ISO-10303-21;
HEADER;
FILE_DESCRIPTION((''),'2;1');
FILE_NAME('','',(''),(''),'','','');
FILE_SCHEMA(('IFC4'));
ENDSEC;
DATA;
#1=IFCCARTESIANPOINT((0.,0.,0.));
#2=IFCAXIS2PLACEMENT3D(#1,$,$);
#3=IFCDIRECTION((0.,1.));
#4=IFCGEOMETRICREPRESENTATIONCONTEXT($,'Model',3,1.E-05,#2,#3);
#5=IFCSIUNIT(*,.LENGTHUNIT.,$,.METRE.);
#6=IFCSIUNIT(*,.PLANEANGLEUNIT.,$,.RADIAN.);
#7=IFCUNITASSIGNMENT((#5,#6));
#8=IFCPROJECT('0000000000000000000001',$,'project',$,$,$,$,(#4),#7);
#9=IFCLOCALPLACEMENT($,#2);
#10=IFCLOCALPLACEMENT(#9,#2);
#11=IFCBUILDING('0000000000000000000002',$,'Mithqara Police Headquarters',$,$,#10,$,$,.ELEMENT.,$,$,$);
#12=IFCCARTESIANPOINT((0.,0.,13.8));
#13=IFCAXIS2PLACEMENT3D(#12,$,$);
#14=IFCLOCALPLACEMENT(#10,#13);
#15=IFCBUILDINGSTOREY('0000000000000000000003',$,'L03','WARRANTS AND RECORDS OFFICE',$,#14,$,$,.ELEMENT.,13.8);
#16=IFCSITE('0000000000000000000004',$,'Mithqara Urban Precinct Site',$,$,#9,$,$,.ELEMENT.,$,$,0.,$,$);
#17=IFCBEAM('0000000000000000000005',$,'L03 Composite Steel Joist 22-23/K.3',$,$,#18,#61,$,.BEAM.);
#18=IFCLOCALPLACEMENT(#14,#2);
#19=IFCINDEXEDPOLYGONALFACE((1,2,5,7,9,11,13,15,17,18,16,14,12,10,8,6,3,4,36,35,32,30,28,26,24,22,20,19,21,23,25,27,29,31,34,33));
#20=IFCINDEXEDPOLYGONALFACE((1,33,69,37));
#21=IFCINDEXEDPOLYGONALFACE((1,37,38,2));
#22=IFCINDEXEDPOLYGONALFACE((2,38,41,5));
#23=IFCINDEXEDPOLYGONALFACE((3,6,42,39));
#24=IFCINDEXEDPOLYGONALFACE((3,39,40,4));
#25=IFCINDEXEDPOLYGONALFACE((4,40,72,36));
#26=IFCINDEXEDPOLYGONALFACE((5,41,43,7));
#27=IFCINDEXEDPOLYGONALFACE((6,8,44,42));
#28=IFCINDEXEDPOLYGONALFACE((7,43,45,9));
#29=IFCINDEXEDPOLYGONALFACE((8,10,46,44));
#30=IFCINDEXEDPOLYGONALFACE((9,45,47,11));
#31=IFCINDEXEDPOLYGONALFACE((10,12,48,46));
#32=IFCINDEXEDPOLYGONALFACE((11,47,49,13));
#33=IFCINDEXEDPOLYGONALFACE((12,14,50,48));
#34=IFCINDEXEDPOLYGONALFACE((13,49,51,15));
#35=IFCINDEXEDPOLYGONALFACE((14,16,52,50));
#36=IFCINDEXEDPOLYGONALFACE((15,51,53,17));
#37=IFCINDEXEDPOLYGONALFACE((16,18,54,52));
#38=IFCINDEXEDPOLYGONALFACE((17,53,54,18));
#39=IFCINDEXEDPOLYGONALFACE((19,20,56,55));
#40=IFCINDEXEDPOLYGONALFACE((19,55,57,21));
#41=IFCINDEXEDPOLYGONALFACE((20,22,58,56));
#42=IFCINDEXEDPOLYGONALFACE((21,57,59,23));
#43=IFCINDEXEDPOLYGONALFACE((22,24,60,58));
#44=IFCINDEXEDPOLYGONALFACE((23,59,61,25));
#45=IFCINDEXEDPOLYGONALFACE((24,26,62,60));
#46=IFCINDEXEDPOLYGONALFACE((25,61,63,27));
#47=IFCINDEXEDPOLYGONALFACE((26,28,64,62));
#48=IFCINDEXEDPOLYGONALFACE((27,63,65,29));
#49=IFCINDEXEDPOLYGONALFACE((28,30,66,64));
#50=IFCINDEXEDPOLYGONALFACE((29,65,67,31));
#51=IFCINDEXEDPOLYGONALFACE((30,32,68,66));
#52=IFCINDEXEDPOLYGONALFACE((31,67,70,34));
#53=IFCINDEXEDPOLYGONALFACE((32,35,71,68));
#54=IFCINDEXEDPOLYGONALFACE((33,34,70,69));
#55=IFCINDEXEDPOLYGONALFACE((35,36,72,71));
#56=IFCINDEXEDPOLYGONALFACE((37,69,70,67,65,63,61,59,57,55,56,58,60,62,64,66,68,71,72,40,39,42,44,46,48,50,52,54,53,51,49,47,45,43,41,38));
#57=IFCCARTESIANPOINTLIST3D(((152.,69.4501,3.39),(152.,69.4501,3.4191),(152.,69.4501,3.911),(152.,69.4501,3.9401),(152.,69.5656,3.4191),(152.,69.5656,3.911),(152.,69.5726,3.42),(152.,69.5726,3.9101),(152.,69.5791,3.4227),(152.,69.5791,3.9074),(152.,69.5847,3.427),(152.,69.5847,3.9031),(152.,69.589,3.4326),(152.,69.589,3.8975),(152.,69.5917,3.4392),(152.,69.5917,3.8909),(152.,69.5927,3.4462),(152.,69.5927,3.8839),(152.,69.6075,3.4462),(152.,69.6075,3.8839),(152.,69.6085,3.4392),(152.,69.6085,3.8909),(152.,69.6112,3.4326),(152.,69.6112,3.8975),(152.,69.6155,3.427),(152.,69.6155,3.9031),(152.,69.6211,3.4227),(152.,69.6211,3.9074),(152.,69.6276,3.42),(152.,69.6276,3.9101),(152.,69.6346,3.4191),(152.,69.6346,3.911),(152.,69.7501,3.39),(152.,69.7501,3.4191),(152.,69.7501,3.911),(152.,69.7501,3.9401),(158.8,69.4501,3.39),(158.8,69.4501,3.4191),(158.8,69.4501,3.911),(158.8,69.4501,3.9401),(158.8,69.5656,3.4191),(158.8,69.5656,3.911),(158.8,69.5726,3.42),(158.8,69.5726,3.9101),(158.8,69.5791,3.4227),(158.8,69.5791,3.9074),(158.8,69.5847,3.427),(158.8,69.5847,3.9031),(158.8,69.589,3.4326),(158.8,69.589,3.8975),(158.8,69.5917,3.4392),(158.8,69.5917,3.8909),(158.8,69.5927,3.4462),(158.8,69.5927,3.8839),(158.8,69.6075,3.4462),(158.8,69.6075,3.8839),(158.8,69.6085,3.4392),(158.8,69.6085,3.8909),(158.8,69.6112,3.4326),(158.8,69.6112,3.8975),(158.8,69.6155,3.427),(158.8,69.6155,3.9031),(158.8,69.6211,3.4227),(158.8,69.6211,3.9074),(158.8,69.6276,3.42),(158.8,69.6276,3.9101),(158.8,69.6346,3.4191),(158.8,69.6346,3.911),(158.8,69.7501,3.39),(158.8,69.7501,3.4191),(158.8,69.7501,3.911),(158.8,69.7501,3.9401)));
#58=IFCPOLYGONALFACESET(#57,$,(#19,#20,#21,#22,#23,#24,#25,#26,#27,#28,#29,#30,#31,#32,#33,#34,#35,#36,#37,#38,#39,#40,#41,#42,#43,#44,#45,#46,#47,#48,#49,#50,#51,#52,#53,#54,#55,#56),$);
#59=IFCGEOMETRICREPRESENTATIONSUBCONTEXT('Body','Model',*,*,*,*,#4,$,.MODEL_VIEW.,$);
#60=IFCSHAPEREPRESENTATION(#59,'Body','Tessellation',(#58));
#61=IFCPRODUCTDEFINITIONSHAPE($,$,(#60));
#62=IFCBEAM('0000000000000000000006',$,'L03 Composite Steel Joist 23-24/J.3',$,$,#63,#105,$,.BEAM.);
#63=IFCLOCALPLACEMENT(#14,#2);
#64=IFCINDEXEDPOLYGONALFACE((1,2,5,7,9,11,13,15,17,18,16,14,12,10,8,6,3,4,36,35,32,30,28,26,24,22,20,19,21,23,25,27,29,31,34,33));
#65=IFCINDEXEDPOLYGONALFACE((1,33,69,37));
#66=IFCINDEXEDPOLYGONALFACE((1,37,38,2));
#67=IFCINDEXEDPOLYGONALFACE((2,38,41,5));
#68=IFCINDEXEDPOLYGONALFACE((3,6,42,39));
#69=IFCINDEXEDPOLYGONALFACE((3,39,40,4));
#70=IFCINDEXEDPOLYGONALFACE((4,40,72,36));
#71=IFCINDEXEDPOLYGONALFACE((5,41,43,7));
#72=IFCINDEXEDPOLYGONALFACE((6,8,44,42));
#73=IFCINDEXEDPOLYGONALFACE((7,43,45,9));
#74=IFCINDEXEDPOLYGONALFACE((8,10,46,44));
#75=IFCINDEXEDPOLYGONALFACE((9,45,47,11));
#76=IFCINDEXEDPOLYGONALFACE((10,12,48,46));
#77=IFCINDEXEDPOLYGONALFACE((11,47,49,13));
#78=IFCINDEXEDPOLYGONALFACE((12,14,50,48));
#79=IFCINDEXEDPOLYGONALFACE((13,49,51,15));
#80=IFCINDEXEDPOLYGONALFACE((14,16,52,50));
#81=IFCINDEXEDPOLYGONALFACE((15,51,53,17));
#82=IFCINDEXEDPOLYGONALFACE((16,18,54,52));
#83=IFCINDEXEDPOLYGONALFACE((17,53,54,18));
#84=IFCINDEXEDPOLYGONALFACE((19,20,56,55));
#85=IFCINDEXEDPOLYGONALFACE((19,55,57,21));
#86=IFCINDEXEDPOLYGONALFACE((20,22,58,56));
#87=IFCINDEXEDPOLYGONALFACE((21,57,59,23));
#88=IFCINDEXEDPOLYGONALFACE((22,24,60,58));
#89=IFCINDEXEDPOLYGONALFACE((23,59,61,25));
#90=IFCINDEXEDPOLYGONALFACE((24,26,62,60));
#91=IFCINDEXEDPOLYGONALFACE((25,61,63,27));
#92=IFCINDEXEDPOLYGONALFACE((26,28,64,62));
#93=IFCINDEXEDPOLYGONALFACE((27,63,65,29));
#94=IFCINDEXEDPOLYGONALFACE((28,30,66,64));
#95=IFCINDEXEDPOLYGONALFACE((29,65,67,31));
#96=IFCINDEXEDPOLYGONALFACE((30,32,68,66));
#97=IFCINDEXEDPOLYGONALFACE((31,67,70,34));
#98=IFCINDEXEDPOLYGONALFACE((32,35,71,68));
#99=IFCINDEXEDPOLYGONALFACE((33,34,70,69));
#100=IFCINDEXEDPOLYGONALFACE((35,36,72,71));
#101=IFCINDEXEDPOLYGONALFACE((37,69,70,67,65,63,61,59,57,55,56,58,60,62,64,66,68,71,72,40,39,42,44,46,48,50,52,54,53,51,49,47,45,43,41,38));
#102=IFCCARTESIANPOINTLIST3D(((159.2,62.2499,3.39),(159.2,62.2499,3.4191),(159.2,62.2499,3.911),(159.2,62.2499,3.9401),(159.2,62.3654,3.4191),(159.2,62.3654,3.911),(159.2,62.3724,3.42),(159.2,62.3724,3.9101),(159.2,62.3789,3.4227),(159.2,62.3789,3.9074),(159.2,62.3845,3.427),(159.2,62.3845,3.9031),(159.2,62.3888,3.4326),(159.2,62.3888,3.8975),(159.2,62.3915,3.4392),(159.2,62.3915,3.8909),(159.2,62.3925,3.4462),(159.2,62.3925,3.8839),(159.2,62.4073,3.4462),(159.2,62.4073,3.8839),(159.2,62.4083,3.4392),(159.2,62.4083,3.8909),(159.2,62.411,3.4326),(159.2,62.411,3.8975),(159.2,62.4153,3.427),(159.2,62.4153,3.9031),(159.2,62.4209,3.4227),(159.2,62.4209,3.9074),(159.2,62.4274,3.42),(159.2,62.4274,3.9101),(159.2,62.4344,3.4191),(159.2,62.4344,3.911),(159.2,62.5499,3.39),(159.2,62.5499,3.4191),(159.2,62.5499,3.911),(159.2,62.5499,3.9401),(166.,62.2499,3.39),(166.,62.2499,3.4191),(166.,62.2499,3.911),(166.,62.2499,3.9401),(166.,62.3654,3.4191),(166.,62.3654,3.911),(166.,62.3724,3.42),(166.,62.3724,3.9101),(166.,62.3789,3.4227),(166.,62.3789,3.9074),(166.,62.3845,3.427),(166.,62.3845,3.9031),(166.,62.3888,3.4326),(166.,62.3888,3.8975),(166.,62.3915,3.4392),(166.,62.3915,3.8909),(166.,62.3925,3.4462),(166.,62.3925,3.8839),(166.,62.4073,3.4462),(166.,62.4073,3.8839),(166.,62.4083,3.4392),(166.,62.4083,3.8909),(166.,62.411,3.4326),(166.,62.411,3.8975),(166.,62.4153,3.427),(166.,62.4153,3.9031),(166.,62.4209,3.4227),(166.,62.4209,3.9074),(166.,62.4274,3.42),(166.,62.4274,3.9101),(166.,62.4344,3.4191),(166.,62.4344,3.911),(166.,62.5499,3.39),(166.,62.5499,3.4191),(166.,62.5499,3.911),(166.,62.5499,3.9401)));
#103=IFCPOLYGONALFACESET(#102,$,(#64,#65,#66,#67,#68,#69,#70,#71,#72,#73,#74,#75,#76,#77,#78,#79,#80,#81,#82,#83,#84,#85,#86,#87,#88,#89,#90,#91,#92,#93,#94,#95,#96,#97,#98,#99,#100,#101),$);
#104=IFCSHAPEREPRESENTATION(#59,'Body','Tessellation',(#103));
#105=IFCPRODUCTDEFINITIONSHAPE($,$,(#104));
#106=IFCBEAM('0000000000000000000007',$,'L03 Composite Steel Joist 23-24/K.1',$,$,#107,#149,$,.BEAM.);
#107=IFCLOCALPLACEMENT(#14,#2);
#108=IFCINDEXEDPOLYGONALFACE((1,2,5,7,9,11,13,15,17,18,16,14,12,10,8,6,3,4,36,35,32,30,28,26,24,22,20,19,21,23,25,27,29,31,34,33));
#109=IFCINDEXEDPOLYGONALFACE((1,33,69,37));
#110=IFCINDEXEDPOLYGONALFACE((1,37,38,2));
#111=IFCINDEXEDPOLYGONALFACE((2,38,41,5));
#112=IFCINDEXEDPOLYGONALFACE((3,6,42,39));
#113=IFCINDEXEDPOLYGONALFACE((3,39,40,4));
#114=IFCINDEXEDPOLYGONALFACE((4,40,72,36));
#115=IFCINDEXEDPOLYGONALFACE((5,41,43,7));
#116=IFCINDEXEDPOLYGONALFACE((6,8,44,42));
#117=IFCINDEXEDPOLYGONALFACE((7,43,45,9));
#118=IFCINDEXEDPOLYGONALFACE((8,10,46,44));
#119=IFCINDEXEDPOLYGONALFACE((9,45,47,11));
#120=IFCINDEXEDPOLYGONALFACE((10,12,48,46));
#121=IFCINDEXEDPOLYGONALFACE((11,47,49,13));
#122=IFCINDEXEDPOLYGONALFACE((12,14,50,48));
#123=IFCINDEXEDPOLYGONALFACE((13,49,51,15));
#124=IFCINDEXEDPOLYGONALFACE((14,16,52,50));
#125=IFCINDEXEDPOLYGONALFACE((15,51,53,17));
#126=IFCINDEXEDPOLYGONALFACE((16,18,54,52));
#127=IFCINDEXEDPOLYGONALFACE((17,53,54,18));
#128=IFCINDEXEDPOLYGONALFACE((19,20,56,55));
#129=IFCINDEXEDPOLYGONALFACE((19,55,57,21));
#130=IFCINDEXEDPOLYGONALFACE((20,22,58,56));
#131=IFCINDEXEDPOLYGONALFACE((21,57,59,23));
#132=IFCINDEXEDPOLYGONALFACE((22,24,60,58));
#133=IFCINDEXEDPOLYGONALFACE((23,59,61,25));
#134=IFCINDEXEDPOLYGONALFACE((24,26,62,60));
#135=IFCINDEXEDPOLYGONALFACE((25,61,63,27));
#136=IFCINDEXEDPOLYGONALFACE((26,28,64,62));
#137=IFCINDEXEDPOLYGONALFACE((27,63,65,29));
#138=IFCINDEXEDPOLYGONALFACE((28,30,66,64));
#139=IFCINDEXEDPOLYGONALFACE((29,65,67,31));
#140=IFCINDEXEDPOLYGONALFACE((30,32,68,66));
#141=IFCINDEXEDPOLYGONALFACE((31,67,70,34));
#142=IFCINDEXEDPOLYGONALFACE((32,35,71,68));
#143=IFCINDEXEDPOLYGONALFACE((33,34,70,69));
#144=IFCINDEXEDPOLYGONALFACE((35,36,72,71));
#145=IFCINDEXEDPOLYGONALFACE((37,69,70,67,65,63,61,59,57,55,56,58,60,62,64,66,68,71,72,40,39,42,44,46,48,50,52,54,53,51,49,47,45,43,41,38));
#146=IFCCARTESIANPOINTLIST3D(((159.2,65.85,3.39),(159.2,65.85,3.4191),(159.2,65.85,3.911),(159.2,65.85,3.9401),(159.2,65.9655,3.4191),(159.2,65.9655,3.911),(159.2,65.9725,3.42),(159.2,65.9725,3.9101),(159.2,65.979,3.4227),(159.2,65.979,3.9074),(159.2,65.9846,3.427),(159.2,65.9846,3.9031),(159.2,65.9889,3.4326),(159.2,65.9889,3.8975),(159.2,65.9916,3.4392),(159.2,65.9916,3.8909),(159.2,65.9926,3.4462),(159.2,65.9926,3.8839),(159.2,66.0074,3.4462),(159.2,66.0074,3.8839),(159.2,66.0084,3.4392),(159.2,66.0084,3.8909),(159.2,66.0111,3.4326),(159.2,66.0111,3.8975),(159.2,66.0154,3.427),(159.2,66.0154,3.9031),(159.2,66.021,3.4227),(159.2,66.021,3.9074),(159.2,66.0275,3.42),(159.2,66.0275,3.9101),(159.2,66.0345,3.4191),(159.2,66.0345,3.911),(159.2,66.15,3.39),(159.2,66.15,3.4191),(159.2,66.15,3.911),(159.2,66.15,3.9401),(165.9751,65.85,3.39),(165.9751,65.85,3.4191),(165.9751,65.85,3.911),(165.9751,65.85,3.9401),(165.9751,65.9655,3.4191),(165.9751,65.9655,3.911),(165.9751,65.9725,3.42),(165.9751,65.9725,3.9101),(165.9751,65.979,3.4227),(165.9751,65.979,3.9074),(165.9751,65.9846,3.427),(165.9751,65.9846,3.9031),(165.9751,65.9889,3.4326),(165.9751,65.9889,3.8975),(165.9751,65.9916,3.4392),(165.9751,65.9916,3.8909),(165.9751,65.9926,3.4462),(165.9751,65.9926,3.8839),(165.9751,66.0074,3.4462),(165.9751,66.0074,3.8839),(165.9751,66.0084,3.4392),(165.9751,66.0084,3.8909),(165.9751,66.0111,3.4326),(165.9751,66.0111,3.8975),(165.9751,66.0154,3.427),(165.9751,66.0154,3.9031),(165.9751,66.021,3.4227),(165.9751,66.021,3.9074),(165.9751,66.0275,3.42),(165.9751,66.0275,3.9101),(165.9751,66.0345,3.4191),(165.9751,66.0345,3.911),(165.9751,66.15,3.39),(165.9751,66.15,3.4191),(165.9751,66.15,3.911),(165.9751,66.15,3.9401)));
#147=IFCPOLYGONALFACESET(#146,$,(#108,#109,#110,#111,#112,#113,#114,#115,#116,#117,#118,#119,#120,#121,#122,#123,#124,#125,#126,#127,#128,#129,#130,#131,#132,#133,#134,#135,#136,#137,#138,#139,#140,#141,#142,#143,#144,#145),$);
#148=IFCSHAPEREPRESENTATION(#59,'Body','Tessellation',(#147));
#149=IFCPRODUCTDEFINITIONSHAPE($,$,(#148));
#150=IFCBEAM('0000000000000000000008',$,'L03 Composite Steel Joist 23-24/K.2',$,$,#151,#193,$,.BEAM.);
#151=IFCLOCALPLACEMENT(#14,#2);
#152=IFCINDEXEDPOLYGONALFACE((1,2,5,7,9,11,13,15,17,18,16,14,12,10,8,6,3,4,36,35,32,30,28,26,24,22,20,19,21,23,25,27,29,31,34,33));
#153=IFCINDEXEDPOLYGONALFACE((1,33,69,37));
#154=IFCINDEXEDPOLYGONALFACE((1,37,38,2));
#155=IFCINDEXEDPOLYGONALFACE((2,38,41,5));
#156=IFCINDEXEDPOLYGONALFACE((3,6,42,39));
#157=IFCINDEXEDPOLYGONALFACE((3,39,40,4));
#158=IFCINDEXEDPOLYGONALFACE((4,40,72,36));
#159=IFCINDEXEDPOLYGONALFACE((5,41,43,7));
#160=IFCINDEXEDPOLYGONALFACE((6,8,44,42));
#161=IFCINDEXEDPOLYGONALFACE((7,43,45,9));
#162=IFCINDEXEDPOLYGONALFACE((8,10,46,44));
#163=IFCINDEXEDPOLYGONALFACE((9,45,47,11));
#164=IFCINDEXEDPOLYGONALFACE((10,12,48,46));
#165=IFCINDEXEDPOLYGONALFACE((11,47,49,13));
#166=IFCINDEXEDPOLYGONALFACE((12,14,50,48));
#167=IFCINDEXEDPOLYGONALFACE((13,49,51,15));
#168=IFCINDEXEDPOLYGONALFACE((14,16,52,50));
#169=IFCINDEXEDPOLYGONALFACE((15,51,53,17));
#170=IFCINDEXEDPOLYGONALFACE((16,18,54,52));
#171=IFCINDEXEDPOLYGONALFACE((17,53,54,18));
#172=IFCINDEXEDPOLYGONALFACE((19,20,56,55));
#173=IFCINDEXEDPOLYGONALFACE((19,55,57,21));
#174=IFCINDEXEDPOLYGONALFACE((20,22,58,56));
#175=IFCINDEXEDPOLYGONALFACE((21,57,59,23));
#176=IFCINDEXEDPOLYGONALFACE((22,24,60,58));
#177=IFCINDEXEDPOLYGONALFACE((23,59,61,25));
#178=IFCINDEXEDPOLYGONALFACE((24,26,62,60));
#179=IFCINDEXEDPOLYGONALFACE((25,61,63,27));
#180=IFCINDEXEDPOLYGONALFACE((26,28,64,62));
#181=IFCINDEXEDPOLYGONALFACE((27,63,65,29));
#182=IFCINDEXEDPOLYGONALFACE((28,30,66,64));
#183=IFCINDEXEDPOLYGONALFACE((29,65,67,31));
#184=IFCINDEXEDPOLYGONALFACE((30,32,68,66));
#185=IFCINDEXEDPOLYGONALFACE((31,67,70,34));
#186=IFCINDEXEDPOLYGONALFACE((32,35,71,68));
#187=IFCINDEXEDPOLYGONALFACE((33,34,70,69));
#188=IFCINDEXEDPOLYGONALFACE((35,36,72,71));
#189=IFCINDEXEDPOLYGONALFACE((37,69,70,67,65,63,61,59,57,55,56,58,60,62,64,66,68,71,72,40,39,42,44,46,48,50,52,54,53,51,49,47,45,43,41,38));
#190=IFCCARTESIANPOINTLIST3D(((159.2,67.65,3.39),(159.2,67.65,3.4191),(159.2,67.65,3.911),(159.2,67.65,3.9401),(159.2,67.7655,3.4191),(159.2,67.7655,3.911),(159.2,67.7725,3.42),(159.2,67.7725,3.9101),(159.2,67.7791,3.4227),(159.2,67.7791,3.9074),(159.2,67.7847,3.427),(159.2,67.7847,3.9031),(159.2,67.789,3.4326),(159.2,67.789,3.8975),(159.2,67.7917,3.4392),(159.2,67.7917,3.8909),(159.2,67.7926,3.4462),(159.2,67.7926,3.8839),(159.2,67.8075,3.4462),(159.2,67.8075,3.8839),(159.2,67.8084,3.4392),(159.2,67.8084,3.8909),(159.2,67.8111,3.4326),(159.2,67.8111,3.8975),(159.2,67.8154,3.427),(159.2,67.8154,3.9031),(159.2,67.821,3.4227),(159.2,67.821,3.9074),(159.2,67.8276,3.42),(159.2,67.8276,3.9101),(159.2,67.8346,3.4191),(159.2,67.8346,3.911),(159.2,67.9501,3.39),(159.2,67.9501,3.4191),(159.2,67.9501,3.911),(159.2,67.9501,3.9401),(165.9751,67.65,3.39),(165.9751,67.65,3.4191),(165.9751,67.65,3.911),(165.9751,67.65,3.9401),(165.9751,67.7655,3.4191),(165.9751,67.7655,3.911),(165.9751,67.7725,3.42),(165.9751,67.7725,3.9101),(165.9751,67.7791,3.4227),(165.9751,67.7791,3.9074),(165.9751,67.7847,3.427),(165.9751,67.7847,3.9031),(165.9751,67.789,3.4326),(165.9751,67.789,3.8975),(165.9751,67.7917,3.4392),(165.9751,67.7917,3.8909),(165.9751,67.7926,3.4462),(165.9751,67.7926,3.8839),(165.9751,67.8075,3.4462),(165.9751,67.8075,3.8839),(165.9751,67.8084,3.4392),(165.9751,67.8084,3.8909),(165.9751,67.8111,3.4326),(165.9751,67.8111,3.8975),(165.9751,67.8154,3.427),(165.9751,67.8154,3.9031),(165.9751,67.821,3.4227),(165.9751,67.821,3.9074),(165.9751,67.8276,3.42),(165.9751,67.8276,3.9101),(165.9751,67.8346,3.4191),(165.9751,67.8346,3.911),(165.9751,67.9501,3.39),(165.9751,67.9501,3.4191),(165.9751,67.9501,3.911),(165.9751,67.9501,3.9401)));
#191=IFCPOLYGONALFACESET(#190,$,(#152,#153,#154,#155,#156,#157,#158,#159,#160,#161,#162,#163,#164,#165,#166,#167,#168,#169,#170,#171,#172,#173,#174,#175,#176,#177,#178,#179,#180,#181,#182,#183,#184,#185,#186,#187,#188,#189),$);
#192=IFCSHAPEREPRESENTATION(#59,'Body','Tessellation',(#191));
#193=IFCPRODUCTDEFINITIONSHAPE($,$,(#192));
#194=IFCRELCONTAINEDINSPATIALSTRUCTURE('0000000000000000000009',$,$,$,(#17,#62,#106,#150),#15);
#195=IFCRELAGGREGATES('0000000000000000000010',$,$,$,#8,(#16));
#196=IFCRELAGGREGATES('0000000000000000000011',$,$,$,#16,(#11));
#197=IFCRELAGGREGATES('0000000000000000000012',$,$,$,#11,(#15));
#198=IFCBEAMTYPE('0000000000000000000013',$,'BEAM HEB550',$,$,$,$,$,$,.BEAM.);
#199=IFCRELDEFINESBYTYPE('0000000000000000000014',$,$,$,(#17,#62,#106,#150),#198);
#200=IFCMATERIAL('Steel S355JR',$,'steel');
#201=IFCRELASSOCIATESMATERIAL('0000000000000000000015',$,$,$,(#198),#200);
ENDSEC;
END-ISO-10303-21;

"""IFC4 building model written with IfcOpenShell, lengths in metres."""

from ifc_helpers import new_model, si_unit, direction, frame, origin, origin_2d, place, context, subcontext, project, spatial, i_section, extrude, material, material_profile, profile_set, type_object, element, save


model = new_model("IFC4")

# Units and contexts
model_context = context("Model", 3, precision=1e-05, world=origin(), true_north=direction((0.0, 1.0)))
body_context = subcontext(model_context, "Body", "Model", "MODEL_VIEW")
ifc_project = project(units=[si_unit("LENGTHUNIT", "METRE"), si_unit("PLANEANGLEUNIT", "RADIAN")], contexts=[model_context])

# Site, building, storey
site_placement = place(None, origin())
site = spatial("IfcSite", under=ifc_project, at=site_placement, Name="Mithqara Urban Precinct Site", CompositionType="ELEMENT", RefElevation=0.0)
building_placement = place(site_placement, origin())
building = spatial("IfcBuilding", under=site, at=building_placement, Name="Mithqara Police Headquarters", CompositionType="ELEMENT")
storey_placement = place(building_placement, frame((0.0, 0.0, 13.8)))
storey = spatial("IfcBuildingStorey", under=building, at=storey_placement, Name="L03", Description="WARRANTS AND RECORDS OFFICE", CompositionType="ELEMENT", Elevation=13.8)

# Beams
ifc_material_1 = material(Name="Steel S355JR", Category="steel")
ifc_material_profile_1 = material_profile(ifc_material_1, i_section(OverallWidth=0.3, OverallDepth=0.55, WebThickness=0.0149, FlangeThickness=0.0291, FilletRadius=0.0271, at=origin_2d()), Name="HEB 550")
ifc_profile_set_1 = profile_set([ifc_material_profile_1], Name="Steel S355JR")
beam_type_1 = type_object("IfcBeamType", Name="BEAM HEB550", PredefinedType="BEAM", material=ifc_profile_set_1)
for number, where, z_axis, x_axis, name in (
    (1, (152.0, 69.6001, 3.665), (1.0, 0.0, 0.0), (0.0, 1.0, 0.0), "L03 Composite Steel Joist 22-23/K.3"),
    (2, (159.2, 62.3999, 3.665), (1.0, 0.0, 0.0), (0.0, 1.0, 0.0), "L03 Composite Steel Joist 23-24/J.3"),
):
    element("IfcBeam", number, at=place(storey_placement, frame(where, z_axis=z_axis, x_axis=x_axis)), inside=storey, type_object=beam_type_1, Name=name, PredefinedType="BEAM", context=body_context, shape_type="SweptSolid", body=[
        extrude(i_section(OverallWidth=0.3, OverallDepth=0.55, WebThickness=0.0149, FlangeThickness=0.0291, FilletRadius=0.0271, at=origin_2d()), origin(), (0.0, 0.0, 1.0), 6.8),
    ])
for number, where, z_axis, x_axis, name in (
    (3, (159.2, 66.0, 3.665), (1.0, 0.0, 0.0), (0.0, 1.0, 0.0), "L03 Composite Steel Joist 23-24/K.1"),
    (4, (159.2, 67.8, 3.665), (1.0, 0.0, 0.0), (0.0, 1.0, 0.0), "L03 Composite Steel Joist 23-24/K.2"),
):
    element("IfcBeam", number, at=place(storey_placement, frame(where, z_axis=z_axis, x_axis=x_axis)), inside=storey, type_object=beam_type_1, Name=name, PredefinedType="BEAM", context=body_context, shape_type="SweptSolid", body=[
        extrude(i_section(OverallWidth=0.3, OverallDepth=0.55, WebThickness=0.0149, FlangeThickness=0.0291, FilletRadius=0.0271, at=origin_2d()), origin(), (0.0, 0.0, 1.0), 6.7751),
    ])

save(model, "model.ifc")
